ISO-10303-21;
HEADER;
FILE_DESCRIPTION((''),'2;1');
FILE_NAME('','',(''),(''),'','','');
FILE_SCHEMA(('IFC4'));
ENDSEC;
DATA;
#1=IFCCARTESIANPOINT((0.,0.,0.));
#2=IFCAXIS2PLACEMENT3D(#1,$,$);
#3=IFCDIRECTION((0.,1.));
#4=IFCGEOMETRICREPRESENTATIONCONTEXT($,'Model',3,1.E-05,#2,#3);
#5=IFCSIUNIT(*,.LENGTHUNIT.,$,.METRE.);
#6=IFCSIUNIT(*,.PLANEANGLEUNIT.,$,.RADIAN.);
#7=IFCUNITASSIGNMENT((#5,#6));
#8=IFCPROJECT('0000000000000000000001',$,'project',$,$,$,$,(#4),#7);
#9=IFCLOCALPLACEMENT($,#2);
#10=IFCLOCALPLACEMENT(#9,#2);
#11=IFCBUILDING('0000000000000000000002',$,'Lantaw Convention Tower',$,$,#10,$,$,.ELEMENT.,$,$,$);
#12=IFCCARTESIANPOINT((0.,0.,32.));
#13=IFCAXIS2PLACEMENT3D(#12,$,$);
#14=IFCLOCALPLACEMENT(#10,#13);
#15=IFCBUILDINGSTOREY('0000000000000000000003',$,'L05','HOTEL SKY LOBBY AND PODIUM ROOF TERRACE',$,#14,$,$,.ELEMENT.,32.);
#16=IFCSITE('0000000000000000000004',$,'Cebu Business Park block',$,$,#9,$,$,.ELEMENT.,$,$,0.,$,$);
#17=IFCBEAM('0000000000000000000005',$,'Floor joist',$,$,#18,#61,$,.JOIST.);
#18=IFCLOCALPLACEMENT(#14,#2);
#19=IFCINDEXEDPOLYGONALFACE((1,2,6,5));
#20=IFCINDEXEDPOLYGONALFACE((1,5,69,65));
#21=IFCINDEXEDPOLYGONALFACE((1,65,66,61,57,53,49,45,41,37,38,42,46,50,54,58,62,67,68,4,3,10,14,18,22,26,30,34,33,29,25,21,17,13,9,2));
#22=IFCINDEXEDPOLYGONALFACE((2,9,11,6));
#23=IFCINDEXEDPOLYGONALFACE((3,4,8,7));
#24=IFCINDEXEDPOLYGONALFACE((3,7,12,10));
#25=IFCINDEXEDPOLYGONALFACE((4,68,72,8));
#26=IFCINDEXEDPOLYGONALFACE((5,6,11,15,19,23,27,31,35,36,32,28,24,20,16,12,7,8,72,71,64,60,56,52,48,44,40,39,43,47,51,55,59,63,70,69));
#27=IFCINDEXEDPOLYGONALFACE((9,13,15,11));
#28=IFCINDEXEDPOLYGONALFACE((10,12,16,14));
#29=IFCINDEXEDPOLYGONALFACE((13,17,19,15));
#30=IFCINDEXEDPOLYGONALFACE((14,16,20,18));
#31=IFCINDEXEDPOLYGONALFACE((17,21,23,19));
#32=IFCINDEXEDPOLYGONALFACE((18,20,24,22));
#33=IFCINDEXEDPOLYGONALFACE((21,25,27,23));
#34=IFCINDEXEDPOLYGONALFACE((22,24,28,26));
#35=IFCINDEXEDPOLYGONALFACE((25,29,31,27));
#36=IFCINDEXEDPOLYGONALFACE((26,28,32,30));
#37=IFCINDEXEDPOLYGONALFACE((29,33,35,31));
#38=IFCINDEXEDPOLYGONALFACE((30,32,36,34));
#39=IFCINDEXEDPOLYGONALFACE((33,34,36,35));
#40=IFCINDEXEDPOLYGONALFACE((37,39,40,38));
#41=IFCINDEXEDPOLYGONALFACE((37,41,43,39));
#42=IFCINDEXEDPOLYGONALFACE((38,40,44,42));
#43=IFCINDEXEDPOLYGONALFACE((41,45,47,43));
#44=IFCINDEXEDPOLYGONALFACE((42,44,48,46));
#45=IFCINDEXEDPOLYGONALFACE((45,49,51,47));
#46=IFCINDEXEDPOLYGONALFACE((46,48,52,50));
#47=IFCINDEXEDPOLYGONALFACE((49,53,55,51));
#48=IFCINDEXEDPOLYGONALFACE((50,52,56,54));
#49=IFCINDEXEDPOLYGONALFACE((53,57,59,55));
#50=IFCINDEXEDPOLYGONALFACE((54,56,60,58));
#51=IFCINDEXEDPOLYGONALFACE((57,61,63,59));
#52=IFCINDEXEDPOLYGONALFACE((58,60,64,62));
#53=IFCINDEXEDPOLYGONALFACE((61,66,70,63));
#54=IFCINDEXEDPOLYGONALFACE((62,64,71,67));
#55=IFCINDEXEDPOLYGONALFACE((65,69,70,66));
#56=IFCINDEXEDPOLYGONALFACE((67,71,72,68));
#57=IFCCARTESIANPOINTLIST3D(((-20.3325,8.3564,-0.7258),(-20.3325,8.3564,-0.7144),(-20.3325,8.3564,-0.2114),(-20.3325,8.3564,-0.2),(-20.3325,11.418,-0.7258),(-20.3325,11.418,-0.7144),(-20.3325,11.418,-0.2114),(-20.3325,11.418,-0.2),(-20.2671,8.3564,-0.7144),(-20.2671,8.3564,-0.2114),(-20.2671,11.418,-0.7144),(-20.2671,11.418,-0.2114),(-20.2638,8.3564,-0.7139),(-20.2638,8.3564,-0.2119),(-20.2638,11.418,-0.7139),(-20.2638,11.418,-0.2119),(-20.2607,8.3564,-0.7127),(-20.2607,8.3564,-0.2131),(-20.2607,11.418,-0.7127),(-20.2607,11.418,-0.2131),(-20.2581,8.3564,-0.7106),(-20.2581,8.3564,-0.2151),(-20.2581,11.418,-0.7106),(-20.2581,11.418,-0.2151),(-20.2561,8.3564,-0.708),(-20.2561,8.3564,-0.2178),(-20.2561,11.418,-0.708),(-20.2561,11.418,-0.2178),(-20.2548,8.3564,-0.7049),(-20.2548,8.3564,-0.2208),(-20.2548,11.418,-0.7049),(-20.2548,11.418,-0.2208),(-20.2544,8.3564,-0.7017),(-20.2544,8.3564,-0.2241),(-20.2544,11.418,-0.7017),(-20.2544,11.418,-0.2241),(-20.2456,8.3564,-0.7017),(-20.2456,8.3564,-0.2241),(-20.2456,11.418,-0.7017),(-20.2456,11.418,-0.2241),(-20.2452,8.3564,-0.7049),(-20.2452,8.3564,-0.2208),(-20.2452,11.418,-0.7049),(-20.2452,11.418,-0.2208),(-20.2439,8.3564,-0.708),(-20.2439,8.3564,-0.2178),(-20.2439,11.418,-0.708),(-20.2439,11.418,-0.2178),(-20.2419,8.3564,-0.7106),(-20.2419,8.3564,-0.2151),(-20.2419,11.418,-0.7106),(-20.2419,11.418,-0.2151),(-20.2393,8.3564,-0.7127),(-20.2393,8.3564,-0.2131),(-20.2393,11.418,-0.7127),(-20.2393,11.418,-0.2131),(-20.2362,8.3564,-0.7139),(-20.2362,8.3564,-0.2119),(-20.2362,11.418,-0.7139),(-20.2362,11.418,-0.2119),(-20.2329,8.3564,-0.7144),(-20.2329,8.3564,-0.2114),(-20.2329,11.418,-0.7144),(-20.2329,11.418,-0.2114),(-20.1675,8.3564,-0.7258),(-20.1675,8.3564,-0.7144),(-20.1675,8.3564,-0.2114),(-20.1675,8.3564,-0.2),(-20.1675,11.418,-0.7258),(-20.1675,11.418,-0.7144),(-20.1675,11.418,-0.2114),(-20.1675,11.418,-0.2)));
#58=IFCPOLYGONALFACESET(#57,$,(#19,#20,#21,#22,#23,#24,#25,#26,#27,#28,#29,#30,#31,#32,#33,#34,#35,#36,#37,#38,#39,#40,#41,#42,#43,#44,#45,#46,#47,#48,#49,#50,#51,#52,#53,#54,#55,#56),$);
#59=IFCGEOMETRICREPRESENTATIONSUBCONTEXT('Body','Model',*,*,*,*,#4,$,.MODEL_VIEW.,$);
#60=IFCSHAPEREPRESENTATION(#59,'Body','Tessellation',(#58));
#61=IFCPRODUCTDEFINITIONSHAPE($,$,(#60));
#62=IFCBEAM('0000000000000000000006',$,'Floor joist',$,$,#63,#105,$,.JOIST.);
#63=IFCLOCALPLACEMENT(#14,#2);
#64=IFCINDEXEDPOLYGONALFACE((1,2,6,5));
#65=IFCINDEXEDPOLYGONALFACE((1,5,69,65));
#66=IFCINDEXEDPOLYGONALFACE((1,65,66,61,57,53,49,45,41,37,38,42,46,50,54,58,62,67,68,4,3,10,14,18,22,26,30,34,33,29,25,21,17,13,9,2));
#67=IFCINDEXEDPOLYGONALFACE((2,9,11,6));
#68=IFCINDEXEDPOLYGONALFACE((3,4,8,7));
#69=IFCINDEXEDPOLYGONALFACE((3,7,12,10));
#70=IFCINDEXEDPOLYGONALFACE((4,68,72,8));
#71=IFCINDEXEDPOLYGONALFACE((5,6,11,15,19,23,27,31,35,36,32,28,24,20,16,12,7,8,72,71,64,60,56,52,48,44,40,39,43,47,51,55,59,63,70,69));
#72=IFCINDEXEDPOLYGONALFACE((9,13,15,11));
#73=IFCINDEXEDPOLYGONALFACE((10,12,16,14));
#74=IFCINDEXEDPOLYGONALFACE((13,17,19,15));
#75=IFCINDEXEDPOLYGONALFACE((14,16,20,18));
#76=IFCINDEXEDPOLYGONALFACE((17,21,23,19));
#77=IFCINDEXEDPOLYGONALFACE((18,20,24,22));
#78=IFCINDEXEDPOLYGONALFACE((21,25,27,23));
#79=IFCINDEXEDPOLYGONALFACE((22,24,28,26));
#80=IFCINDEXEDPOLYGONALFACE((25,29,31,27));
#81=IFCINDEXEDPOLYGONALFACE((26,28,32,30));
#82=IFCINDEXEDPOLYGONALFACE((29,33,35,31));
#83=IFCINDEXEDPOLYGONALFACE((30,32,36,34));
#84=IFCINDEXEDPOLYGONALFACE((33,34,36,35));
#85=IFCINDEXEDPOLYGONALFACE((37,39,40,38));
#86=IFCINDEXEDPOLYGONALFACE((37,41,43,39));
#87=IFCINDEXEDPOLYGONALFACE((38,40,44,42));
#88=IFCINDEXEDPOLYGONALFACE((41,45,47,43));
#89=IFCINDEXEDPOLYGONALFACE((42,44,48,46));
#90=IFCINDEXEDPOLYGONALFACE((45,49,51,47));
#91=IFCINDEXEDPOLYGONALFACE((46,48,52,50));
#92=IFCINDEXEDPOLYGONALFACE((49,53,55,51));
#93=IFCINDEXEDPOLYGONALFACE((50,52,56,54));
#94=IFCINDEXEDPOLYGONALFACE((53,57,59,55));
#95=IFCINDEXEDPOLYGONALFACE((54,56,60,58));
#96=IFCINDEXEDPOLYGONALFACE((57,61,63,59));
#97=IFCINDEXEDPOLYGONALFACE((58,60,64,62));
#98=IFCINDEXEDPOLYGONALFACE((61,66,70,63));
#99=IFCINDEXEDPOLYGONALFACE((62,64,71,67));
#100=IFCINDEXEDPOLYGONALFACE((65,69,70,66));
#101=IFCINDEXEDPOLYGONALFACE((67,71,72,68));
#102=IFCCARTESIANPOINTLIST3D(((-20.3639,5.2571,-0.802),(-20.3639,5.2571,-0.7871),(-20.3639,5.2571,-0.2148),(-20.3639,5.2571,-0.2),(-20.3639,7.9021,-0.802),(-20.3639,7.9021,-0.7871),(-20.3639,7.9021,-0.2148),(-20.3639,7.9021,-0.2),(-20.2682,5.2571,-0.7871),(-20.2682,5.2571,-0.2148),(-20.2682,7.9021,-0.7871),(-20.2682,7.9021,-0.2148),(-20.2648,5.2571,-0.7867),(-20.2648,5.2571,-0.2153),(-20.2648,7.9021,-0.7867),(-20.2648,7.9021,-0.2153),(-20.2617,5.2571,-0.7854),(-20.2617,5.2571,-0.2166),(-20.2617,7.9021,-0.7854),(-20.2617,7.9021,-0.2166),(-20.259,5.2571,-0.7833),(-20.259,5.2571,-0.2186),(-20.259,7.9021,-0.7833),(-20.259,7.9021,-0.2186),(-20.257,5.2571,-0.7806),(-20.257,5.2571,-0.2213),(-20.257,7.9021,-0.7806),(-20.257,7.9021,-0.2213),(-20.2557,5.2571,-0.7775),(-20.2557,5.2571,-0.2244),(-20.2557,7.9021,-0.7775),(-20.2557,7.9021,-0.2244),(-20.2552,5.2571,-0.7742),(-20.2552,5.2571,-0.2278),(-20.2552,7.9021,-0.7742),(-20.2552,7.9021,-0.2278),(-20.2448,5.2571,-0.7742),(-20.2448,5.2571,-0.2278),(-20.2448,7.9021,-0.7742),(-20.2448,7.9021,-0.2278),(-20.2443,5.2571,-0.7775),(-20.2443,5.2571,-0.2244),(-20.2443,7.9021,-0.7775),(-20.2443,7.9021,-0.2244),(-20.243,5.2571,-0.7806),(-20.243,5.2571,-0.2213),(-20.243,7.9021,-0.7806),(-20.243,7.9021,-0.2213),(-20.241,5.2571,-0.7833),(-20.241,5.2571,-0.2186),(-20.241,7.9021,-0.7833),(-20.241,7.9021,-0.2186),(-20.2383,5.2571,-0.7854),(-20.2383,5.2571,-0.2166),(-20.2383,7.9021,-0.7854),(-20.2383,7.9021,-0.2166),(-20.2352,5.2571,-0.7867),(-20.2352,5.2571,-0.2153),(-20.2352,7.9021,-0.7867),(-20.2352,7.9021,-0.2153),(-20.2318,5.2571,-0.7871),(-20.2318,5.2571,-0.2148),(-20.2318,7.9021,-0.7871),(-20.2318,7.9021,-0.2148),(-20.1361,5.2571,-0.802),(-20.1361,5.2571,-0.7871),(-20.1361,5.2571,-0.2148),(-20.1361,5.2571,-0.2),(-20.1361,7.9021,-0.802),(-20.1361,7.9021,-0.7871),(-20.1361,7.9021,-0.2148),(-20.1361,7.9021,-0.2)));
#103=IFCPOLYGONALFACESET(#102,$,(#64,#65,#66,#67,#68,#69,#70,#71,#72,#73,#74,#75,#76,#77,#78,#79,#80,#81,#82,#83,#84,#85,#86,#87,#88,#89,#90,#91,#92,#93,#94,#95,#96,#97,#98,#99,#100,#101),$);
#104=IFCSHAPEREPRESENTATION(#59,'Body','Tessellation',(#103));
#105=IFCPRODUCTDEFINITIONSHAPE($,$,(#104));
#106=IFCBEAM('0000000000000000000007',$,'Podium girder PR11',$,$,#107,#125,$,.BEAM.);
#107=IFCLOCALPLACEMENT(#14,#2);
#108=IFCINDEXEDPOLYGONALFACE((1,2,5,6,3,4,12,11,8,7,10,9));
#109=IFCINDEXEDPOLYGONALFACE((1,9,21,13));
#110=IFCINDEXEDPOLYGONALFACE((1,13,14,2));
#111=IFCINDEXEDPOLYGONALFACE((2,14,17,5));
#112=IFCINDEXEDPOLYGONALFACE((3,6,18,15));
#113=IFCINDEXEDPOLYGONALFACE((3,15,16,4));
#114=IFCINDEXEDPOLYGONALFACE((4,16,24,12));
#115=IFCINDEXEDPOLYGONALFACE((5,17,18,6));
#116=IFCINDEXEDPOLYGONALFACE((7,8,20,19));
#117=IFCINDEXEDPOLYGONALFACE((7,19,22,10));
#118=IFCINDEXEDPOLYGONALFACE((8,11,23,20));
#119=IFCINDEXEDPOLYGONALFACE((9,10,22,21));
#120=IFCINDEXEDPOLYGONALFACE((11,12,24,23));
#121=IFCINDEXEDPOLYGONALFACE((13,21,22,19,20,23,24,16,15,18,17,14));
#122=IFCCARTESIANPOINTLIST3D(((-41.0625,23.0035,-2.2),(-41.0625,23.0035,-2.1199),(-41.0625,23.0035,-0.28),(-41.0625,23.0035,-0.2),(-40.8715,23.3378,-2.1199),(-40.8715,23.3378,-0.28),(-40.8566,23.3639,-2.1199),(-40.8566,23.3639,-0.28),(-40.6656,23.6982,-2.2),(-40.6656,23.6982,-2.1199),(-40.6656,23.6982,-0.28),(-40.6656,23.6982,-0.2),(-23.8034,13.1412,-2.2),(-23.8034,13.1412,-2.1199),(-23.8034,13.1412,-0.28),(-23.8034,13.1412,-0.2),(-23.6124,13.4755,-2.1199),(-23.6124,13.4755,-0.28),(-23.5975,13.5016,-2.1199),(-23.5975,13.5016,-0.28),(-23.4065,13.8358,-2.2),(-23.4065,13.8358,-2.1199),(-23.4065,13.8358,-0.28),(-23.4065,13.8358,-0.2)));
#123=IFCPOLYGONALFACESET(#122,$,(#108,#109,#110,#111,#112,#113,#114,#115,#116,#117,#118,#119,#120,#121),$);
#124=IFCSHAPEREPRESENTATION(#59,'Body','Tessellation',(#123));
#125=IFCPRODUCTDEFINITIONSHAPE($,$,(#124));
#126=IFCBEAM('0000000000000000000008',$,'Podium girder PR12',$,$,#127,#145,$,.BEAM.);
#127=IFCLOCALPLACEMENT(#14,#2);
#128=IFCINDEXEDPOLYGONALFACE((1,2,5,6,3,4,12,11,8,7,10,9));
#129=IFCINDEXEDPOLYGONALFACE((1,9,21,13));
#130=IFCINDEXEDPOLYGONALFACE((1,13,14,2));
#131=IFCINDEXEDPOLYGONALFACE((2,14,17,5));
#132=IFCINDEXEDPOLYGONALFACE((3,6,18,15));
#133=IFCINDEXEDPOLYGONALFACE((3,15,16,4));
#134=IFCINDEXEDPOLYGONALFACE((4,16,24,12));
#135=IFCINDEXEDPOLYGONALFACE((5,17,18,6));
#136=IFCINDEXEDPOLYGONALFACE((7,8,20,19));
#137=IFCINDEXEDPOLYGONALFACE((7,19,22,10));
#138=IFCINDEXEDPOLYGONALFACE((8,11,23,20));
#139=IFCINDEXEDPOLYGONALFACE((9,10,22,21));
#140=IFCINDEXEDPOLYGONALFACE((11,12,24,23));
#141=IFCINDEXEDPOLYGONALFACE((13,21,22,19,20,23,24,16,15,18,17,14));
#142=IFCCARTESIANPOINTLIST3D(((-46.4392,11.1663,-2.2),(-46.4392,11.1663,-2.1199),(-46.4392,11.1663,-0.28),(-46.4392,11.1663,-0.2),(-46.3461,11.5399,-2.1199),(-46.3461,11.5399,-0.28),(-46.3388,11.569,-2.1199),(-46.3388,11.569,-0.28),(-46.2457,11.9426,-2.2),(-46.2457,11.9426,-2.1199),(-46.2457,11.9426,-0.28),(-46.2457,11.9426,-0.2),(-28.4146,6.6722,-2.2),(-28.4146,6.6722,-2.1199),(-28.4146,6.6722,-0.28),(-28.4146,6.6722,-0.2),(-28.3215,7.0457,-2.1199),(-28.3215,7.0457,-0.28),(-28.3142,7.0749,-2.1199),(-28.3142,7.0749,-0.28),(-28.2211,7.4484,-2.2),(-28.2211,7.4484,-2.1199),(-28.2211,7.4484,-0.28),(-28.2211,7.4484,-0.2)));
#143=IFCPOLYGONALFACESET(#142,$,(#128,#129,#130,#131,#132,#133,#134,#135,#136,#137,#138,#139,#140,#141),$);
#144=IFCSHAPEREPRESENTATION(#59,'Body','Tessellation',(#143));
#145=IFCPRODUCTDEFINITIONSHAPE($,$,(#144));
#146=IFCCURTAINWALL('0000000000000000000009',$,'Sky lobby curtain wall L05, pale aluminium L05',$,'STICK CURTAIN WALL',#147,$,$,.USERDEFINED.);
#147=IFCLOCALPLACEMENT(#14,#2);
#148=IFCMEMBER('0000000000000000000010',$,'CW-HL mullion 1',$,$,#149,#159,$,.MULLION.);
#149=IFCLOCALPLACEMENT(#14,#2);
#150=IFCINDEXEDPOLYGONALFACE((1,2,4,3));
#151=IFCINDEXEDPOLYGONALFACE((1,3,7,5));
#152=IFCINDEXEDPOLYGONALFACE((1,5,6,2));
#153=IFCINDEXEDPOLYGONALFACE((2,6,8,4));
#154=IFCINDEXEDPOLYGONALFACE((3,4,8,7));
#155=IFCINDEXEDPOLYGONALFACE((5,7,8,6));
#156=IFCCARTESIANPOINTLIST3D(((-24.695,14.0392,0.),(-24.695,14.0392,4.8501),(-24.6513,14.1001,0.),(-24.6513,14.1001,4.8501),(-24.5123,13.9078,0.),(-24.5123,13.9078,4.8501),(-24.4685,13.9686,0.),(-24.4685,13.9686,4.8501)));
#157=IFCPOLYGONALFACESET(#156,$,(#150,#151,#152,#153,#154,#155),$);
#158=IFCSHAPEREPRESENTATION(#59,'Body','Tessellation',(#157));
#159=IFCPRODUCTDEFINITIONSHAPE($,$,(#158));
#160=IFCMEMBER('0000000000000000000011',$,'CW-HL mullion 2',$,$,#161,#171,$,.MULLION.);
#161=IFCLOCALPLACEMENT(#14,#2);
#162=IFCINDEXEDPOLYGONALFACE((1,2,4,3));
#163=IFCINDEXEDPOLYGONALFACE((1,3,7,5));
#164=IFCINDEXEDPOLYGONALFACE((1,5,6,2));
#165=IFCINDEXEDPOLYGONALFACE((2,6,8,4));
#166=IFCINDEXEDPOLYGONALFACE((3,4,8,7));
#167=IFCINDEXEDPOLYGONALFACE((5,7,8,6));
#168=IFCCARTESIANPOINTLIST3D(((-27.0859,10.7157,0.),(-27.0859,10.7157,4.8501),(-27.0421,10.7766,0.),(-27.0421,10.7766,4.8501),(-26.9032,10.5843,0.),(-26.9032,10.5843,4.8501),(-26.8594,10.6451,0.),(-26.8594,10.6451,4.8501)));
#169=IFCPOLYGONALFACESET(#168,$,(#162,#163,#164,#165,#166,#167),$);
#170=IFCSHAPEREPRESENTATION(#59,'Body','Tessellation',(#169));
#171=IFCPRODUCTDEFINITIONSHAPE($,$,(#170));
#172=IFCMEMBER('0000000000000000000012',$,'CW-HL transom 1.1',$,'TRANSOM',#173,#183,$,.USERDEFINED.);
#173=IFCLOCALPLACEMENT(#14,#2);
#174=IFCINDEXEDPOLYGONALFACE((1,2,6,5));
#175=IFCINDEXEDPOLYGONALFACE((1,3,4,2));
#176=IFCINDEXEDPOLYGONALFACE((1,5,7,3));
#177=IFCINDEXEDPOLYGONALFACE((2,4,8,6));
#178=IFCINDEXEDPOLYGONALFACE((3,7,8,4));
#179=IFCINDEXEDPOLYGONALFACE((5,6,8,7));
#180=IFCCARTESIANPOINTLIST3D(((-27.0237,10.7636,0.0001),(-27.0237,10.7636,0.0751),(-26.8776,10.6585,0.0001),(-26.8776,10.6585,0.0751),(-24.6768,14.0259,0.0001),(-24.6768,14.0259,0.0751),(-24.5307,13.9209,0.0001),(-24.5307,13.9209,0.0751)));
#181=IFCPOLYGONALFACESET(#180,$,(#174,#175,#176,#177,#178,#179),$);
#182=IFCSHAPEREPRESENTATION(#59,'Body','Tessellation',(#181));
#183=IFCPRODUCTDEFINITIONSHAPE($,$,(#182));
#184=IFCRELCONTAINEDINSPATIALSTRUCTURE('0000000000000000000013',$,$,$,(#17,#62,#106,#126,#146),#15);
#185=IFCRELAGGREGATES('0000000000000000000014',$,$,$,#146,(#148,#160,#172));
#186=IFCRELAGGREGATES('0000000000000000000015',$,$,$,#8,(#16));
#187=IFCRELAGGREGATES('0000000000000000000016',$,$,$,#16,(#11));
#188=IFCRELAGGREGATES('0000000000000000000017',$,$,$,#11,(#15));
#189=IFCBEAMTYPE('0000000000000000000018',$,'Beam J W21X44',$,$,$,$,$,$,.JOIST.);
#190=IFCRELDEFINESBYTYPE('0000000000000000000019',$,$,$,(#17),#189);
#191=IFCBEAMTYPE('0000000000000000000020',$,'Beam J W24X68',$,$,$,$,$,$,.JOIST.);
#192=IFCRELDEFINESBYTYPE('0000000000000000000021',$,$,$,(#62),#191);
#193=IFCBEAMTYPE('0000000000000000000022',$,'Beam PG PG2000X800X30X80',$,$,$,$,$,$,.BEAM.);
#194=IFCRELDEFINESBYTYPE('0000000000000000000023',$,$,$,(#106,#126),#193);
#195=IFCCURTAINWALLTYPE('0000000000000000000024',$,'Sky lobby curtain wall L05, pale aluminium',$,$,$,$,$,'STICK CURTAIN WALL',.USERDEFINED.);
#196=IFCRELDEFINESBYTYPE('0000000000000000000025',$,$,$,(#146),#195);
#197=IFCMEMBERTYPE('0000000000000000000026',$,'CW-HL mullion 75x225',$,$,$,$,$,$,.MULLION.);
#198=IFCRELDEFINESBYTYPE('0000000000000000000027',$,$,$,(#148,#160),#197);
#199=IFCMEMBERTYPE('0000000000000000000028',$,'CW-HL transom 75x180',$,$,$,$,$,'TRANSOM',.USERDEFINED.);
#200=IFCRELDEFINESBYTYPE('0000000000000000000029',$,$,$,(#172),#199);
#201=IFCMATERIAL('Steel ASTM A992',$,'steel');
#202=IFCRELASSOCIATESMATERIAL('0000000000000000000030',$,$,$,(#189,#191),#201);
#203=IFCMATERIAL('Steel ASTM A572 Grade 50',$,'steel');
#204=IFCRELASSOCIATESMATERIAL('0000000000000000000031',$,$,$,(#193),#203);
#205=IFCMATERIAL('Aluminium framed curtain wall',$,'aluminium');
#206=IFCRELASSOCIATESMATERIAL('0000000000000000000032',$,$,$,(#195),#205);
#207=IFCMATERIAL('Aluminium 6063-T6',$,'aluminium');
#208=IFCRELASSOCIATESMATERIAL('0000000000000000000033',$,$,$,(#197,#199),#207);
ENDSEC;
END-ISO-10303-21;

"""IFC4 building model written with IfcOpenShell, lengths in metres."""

from ifc_helpers import new_model, si_unit, direction, frame, origin, origin_2d, place, context, subcontext, project, spatial, rectangle, i_section, extrude, material, material_profile, profile_set, type_object, element, aggregate, save


model = new_model("IFC4")

# Units and contexts
model_context = context("Model", 3, precision=1e-05, world=origin(), true_north=direction((0.0, 1.0)))
body_context = subcontext(model_context, "Body", "Model", "MODEL_VIEW")
ifc_project = project(units=[si_unit("LENGTHUNIT", "METRE"), si_unit("PLANEANGLEUNIT", "RADIAN")], contexts=[model_context])

# Site, building, storey
site_placement = place(None, origin())
site = spatial("IfcSite", under=ifc_project, at=site_placement, Name="Cebu Business Park block", CompositionType="ELEMENT", RefElevation=0.0)
building_placement = place(site_placement, origin())
building = spatial("IfcBuilding", under=site, at=building_placement, Name="Lantaw Convention Tower", CompositionType="ELEMENT")
storey_placement = place(building_placement, frame((0.0, 0.0, 32.0)))
storey = spatial("IfcBuildingStorey", under=building, at=storey_placement, Name="L05", Description="HOTEL SKY LOBBY AND PODIUM ROOF TERRACE", CompositionType="ELEMENT", Elevation=32.0)

# Beams
ifc_material_1 = material(Name="Steel ASTM A992", Category="steel")
ifc_material_profile_1 = material_profile(ifc_material_1, i_section(OverallWidth=0.165, OverallDepth=0.5259, WebThickness=0.0088, FlangeThickness=0.0115, FilletRadius=0.0127, at=origin_2d()), Name="W21X44")
ifc_profile_set_1 = profile_set([ifc_material_profile_1], Name="Steel ASTM A992")
beam_type_1 = type_object("IfcBeamType", Name="Beam J W21X44", PredefinedType="JOIST", material=ifc_profile_set_1)
beam_1_placement = place(storey_placement, frame((-20.25, 8.3564, -0.4629), z_axis=(0.0, 1.0, 0.0), x_axis=(-1.0, 0.0, 0.0)))
element("IfcBeam", 1, at=beam_1_placement, inside=storey, type_object=beam_type_1, Name="Floor joist", PredefinedType="JOIST", context=body_context, shape_type="SweptSolid", body=[
    extrude(i_section(OverallWidth=0.165, OverallDepth=0.5259, WebThickness=0.0088, FlangeThickness=0.0115, FilletRadius=0.0127, at=origin_2d()), origin(), (0.0, 0.0, 1.0), 3.0615),
])
ifc_material_profile_2 = material_profile(ifc_material_1, i_section(OverallWidth=0.2278, OverallDepth=0.6021, WebThickness=0.0105, FlangeThickness=0.0149, FilletRadius=0.0129, at=origin_2d()), Name="W24X68")
ifc_profile_set_2 = profile_set([ifc_material_profile_2], Name="Steel ASTM A992")
beam_type_2 = type_object("IfcBeamType", Name="Beam J W24X68", PredefinedType="JOIST", material=ifc_profile_set_2)
beam_2_placement = place(storey_placement, frame((-20.25, 5.2571, -0.501), z_axis=(0.0, 1.0, 0.0), x_axis=(-1.0, 0.0, 0.0)))
element("IfcBeam", 2, at=beam_2_placement, inside=storey, type_object=beam_type_2, Name="Floor joist", PredefinedType="JOIST", context=body_context, shape_type="SweptSolid", body=[
    extrude(i_section(OverallWidth=0.2278, OverallDepth=0.6021, WebThickness=0.0105, FlangeThickness=0.0149, FilletRadius=0.0129, at=origin_2d()), origin(), (0.0, 0.0, 1.0), 2.645),
])
ifc_material_2 = material(Name="Steel ASTM A572 Grade 50", Category="steel")
ifc_material_profile_3 = material_profile(ifc_material_2, i_section(OverallWidth=0.8, OverallDepth=2.0, WebThickness=0.03, FlangeThickness=0.0801, at=origin_2d()), Name="PG2000X800X30X80")
ifc_profile_set_3 = profile_set([ifc_material_profile_3], Name="Steel ASTM A572 Grade 50")
beam_type_3 = type_object("IfcBeamType", Name="Beam PG PG2000X800X30X80", PredefinedType="BEAM", material=ifc_profile_set_3)
beam_3_placement = place(storey_placement, frame((-23.605, 13.4885, -1.2), z_axis=(-0.868243, 0.496139, 0.0), x_axis=(-0.496139, -0.868243, 0.0)))
element("IfcBeam", 3, at=beam_3_placement, inside=storey, type_object=beam_type_3, Name="Podium girder PR11", PredefinedType="BEAM", context=body_context, shape_type="SweptSolid", body=[
    extrude(i_section(OverallWidth=0.8, OverallDepth=2.0, WebThickness=0.03, FlangeThickness=0.0801, at=origin_2d()), origin(), (0.0, 0.0, 1.0), 19.8782),
])
beam_4_placement = place(storey_placement, frame((-28.3179, 7.0603, -1.2), z_axis=(-0.970295, 0.241926, 0.0), x_axis=(-0.241926, -0.970295, 0.0)))
element("IfcBeam", 4, at=beam_4_placement, inside=storey, type_object=beam_type_3, Name="Podium girder PR12", PredefinedType="BEAM", context=body_context, shape_type="SweptSolid", body=[
    extrude(i_section(OverallWidth=0.8, OverallDepth=2.0, WebThickness=0.03, FlangeThickness=0.0801, at=origin_2d()), origin(), (0.0, 0.0, 1.0), 18.5764),
])

# Curtain wall, members
ifc_material_3 = material(Name="Aluminium framed curtain wall", Category="aluminium")
curtain_wall_type = type_object("IfcCurtainWallType", Name="Sky lobby curtain wall L05, pale aluminium", ElementType="STICK CURTAIN WALL", PredefinedType="USERDEFINED", material=ifc_material_3)
curtain_wall_placement = place(storey_placement, origin())
curtain_wall = element("IfcCurtainWall", 5, at=curtain_wall_placement, inside=storey, type_object=curtain_wall_type, Name="Sky lobby curtain wall L05, pale aluminium L05", ObjectType="STICK CURTAIN WALL", PredefinedType="USERDEFINED")
ifc_material_4 = material(Name="Aluminium 6063-T6", Category="aluminium")
ifc_material_profile_4 = material_profile(ifc_material_4, rectangle(XDim=0.2251, YDim=0.075, at=origin_2d()), Name="CW-HL mullion 75x225")
ifc_profile_set_4 = profile_set([ifc_material_profile_4], Name="Aluminium 6063-T6")
member_type_1 = type_object("IfcMemberType", Name="CW-HL mullion 75x225", PredefinedType="MULLION", material=ifc_profile_set_4)
member_1_placement = place(storey_placement, frame((-24.5818, 14.0039, 0.0), z_axis=(0.0, 0.0, 1.0), x_axis=(0.811789, -0.583951, 0.0)))
member_1 = element("IfcMember", 6, at=member_1_placement, type_object=member_type_1, Name="CW-HL mullion 1", PredefinedType="MULLION", context=body_context, shape_type="SweptSolid", body=[
    extrude(rectangle(XDim=0.2251, YDim=0.075, at=origin_2d()), origin(), (0.0, 0.0, 1.0), 4.8501),
])
member_2_placement = place(storey_placement, frame((-26.9727, 10.6804, 0.0), z_axis=(0.0, 0.0, 1.0), x_axis=(0.811789, -0.583951, 0.0)))
member_2 = element("IfcMember", 7, at=member_2_placement, type_object=member_type_1, Name="CW-HL mullion 2", PredefinedType="MULLION", context=body_context, shape_type="SweptSolid", body=[
    extrude(rectangle(XDim=0.2251, YDim=0.075, at=origin_2d()), origin(), (0.0, 0.0, 1.0), 4.8501),
])
ifc_material_profile_5 = material_profile(ifc_material_4, rectangle(XDim=0.1799, YDim=0.075, at=origin_2d()), Name="CW-HL transom 75x180")
ifc_profile_set_5 = profile_set([ifc_material_profile_5], Name="Aluminium 6063-T6")
member_type_2 = type_object("IfcMemberType", Name="CW-HL transom 75x180", ElementType="TRANSOM", PredefinedType="USERDEFINED", material=ifc_profile_set_5)
member_3_placement = place(storey_placement, frame((-24.6038, 13.9734, 0.0376), z_axis=(-0.58397, -0.811775, 0.0), x_axis=(0.811775, -0.58397, 0.0)))
member_3 = element("IfcMember", 8, at=member_3_placement, type_object=member_type_2, Name="CW-HL transom 1.1", ObjectType="TRANSOM", PredefinedType="USERDEFINED", context=body_context, shape_type="SweptSolid", body=[
    extrude(rectangle(XDim=0.1799, YDim=0.075, at=origin_2d()), origin(), (0.0, 0.0, 1.0), 4.0188),
])
aggregate(curtain_wall, [member_1, member_2, member_3])

save(model, "model.ifc")
